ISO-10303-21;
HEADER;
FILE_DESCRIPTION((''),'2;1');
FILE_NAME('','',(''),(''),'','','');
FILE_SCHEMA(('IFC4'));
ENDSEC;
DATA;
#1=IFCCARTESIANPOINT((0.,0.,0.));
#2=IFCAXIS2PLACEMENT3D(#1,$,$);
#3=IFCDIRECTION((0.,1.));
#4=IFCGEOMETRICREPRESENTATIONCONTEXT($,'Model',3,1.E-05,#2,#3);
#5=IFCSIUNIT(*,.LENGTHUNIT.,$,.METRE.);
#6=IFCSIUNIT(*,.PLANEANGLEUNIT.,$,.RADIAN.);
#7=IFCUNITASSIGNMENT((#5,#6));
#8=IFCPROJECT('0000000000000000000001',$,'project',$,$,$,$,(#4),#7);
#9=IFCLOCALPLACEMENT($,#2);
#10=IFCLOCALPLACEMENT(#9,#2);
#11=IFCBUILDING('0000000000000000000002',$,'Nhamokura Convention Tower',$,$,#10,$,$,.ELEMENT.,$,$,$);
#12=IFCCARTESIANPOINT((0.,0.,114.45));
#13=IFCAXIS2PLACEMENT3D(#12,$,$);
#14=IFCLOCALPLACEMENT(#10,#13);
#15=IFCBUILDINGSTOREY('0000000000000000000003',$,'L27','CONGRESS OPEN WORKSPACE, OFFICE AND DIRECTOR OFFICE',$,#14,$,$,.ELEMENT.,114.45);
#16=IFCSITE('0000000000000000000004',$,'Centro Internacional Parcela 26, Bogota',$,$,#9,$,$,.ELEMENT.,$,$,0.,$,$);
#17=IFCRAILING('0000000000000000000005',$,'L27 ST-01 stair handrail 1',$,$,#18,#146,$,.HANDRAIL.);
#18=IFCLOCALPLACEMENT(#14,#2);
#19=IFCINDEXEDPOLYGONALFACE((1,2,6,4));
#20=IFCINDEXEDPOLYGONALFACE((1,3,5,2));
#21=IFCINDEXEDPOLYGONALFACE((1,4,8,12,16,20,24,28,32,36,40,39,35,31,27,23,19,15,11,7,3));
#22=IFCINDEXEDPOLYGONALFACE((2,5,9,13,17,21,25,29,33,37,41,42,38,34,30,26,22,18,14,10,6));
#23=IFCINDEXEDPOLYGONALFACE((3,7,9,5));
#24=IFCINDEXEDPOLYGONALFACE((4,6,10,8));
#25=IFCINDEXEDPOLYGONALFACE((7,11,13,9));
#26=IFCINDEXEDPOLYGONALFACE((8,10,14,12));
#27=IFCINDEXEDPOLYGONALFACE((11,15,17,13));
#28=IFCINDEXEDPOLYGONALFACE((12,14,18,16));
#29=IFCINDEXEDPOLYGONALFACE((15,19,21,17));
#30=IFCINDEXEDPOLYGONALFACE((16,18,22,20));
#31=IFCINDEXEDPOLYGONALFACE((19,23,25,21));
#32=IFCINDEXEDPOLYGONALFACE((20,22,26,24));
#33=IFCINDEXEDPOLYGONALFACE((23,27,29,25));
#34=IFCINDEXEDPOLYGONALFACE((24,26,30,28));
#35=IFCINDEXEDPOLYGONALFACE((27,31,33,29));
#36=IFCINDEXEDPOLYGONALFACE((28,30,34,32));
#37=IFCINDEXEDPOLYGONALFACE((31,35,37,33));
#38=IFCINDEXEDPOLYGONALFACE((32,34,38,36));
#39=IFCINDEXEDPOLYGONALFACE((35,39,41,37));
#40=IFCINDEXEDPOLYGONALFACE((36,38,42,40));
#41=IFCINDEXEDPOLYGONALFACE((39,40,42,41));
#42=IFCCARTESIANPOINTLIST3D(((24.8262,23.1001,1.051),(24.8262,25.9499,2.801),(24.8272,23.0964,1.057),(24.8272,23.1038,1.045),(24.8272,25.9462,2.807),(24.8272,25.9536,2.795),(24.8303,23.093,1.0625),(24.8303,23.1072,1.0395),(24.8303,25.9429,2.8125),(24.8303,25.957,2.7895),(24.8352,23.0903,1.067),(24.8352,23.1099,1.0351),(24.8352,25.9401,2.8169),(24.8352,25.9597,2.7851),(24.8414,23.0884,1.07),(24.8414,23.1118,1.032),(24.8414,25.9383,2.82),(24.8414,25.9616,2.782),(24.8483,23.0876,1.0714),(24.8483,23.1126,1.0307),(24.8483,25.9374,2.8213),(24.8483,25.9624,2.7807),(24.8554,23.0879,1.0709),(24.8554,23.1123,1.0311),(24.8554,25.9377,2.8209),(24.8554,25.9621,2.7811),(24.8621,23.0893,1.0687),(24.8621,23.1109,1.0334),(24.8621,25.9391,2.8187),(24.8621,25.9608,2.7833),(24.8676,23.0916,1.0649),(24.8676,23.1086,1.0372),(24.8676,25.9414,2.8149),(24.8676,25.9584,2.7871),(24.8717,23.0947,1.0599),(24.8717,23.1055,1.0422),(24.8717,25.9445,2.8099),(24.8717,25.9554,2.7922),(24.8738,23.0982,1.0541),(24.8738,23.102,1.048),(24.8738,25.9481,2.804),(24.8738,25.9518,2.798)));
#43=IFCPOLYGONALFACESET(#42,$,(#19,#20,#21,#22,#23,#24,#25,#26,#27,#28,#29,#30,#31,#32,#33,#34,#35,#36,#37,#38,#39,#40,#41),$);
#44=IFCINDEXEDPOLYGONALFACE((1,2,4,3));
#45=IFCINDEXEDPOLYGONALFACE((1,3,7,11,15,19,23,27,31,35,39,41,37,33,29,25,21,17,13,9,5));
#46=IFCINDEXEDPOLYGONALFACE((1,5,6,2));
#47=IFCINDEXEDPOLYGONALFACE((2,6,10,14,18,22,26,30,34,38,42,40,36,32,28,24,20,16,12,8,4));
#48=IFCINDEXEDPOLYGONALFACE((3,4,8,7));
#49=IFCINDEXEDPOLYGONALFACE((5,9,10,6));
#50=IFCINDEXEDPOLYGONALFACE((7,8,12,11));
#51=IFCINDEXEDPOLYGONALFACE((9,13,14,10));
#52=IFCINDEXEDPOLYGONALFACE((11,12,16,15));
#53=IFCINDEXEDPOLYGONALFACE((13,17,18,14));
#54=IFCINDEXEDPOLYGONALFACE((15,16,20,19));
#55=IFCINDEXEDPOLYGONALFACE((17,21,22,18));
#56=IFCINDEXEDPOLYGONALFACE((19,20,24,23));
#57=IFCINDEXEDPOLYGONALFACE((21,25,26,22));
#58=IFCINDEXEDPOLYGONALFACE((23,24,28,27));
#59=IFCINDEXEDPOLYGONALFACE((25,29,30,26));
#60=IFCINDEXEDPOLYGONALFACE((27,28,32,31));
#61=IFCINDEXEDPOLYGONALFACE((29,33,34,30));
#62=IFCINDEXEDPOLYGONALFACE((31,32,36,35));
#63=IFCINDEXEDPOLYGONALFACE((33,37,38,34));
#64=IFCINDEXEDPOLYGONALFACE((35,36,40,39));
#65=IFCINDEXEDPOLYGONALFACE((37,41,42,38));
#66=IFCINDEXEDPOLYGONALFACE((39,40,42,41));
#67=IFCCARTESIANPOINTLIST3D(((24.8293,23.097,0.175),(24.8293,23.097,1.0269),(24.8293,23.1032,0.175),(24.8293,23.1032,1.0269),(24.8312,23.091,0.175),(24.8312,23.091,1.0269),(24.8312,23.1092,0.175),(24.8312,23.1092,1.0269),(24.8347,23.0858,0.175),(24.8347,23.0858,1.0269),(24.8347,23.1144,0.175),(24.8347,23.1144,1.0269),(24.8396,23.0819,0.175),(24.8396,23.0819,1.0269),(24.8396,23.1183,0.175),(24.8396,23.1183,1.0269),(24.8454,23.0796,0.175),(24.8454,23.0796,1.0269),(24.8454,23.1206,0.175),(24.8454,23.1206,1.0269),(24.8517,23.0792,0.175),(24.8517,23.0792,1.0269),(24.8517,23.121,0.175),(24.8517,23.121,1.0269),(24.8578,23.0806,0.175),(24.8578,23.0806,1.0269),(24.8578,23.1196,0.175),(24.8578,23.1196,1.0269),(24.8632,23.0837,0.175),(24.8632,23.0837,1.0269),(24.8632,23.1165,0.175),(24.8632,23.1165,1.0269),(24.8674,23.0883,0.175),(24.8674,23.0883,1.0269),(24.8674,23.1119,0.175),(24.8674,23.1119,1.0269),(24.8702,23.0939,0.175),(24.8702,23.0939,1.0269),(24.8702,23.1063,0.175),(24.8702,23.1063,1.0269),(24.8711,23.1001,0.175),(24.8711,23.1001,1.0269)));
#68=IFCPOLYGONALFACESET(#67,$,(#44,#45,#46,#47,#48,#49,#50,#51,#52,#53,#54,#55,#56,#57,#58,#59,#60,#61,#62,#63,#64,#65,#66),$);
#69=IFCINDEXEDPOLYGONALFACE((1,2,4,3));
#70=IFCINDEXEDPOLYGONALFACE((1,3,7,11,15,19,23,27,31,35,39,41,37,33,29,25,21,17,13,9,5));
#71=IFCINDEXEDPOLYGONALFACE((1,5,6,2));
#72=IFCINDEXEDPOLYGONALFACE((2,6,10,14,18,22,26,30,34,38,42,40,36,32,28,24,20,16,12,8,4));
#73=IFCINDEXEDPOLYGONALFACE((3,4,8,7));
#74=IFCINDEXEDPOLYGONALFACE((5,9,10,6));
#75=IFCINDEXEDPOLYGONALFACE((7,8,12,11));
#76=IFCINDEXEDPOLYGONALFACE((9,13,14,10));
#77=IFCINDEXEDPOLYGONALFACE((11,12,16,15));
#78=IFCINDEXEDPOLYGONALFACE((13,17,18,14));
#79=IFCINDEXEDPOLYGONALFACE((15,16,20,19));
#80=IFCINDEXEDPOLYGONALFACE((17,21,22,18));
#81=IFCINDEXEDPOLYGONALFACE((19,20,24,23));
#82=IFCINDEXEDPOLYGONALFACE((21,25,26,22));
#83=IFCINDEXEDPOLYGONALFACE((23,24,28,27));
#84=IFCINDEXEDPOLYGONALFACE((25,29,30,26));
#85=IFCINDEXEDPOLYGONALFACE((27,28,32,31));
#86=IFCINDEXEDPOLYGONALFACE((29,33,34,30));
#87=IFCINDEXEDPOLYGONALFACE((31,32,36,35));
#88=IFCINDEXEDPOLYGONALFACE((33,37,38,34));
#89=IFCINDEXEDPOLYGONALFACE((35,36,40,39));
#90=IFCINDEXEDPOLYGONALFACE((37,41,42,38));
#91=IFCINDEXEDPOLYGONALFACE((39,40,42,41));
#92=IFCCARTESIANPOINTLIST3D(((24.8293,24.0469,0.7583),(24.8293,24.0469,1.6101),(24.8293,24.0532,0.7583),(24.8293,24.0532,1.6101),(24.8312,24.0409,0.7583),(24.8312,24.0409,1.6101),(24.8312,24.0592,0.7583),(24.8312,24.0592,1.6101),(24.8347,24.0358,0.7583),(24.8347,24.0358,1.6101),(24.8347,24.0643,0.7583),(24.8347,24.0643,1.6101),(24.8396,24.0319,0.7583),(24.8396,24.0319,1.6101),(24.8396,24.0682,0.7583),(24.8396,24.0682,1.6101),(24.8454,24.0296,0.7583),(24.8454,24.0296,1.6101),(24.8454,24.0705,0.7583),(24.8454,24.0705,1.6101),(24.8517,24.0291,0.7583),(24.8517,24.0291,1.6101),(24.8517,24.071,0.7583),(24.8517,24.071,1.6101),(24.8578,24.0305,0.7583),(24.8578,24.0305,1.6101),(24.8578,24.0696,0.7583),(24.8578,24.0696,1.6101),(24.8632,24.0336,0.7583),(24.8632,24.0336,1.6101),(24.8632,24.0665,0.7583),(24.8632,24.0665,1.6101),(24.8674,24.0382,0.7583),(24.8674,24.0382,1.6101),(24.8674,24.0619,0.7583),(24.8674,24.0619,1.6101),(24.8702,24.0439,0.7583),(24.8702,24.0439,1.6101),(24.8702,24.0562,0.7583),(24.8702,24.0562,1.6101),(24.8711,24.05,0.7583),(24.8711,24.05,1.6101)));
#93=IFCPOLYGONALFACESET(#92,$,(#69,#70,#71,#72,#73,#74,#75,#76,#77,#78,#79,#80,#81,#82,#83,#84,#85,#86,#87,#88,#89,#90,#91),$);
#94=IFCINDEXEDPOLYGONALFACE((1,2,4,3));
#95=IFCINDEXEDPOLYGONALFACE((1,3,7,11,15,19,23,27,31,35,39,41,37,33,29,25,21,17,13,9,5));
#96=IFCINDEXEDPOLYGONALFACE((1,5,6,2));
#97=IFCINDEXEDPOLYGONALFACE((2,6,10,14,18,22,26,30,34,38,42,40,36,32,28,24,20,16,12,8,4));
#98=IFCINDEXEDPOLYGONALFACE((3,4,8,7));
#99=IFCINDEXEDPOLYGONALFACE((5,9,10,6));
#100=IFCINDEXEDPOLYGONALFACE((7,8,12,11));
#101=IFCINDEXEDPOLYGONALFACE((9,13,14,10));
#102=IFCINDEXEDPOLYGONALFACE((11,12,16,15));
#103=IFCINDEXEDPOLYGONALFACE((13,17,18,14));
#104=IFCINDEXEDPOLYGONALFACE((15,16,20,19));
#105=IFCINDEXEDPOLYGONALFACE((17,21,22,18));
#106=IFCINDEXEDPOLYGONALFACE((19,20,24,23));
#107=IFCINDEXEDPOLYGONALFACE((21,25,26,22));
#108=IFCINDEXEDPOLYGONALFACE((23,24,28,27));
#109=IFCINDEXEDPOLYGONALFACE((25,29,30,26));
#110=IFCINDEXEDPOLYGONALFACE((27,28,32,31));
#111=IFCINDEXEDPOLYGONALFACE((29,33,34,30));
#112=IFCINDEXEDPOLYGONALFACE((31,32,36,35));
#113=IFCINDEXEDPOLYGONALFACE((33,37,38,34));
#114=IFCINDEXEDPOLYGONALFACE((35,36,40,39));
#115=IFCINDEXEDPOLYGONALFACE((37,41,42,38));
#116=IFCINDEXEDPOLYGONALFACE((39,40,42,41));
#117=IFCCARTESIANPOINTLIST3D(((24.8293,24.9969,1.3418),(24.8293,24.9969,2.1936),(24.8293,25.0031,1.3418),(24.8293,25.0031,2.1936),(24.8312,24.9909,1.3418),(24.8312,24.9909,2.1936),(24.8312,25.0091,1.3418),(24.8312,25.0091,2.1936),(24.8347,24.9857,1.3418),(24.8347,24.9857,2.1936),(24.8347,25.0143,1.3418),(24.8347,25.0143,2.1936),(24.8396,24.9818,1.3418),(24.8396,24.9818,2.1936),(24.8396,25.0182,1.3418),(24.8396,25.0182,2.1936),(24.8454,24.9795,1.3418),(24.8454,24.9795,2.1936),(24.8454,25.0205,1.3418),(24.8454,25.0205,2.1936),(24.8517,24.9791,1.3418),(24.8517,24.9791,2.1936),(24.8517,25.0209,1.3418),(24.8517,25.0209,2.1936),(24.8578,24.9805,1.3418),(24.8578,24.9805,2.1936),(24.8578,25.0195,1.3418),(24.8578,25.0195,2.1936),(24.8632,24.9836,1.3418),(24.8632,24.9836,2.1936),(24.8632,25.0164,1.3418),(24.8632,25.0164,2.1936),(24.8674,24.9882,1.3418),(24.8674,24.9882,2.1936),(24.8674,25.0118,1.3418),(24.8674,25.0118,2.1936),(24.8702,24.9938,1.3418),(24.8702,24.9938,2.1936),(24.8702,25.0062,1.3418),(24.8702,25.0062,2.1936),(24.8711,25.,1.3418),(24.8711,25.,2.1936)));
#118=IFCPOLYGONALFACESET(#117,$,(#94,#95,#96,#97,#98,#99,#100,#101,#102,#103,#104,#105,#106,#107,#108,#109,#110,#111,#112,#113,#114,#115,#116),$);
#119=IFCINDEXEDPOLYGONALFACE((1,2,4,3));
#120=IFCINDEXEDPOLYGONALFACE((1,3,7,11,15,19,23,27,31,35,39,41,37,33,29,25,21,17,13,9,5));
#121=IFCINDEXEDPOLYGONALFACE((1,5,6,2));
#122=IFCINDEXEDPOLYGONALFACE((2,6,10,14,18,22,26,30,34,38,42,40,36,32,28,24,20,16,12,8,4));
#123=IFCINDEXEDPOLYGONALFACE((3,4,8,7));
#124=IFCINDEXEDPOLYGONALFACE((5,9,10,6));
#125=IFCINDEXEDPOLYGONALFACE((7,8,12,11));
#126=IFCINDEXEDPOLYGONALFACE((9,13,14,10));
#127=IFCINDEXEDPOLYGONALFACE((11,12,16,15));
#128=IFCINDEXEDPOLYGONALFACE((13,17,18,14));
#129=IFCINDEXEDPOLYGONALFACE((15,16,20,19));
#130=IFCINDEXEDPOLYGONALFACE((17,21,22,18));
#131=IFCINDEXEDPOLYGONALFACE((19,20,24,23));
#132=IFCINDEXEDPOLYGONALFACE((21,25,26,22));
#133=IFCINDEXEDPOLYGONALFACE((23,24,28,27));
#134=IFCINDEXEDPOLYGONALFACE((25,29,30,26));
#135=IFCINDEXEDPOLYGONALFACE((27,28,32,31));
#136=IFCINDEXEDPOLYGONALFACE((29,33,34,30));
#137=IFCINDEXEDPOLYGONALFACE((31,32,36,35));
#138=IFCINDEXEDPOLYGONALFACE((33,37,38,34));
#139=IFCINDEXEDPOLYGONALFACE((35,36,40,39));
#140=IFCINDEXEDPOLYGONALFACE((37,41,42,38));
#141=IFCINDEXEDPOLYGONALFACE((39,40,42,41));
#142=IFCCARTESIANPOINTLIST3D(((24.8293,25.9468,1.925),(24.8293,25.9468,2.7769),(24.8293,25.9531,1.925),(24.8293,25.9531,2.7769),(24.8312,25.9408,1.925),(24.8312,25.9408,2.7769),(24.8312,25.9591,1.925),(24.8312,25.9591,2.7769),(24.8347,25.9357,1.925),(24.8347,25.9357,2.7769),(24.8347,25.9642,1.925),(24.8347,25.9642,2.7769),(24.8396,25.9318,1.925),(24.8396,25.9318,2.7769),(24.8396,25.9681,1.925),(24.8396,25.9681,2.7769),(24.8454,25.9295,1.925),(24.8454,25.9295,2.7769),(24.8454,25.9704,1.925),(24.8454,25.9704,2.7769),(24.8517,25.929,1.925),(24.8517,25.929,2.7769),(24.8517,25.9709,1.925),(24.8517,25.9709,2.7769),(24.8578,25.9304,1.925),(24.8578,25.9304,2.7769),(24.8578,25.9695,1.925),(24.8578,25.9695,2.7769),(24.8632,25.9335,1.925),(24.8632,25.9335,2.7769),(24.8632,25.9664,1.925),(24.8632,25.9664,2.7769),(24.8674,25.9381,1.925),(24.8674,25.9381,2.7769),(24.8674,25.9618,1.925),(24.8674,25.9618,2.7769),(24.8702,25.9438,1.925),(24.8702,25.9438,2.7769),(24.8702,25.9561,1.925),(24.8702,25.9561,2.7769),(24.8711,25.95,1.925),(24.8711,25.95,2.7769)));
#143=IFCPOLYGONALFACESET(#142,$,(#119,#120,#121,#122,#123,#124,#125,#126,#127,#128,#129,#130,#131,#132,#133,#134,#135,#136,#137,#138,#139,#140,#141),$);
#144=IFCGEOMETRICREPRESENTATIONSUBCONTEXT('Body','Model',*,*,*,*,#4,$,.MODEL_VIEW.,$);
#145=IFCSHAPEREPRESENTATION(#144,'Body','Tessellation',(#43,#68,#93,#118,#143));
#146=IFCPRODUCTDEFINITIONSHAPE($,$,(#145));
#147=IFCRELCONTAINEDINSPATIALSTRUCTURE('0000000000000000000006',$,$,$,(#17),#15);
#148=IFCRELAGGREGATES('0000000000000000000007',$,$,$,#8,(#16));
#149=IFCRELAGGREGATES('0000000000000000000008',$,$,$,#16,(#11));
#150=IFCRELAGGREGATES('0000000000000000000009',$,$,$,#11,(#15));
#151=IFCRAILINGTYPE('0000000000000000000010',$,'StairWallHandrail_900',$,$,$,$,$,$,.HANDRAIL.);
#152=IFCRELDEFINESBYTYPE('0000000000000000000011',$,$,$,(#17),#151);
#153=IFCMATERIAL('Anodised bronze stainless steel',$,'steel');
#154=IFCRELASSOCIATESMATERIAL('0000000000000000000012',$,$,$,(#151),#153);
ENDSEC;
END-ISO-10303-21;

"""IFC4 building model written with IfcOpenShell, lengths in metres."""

from ifc_helpers import new_model, si_unit, direction, frame, origin, origin_2d, place, context, subcontext, project, spatial, circle, extrude, material, type_object, element, save


model = new_model("IFC4")

# Units and contexts
model_context = context("Model", 3, precision=1e-05, world=origin(), true_north=direction((0.0, 1.0)))
body_context = subcontext(model_context, "Body", "Model", "MODEL_VIEW")
ifc_project = project(units=[si_unit("LENGTHUNIT", "METRE"), si_unit("PLANEANGLEUNIT", "RADIAN")], contexts=[model_context])

# Site, building, storey
site_placement = place(None, origin())
site = spatial("IfcSite", under=ifc_project, at=site_placement, Name="Centro Internacional Parcela 26, Bogota", CompositionType="ELEMENT", RefElevation=0.0)
building_placement = place(site_placement, origin())
building = spatial("IfcBuilding", under=site, at=building_placement, Name="Nhamokura Convention Tower", CompositionType="ELEMENT")
storey_placement = place(building_placement, frame((0.0, 0.0, 114.45)))
storey = spatial("IfcBuildingStorey", under=building, at=storey_placement, Name="L27", Description="CONGRESS OPEN WORKSPACE, OFFICE AND DIRECTOR OFFICE", CompositionType="ELEMENT", Elevation=114.45)

# Railing
ifc_material_1 = material(Name="Anodised bronze stainless steel", Category="steel")
railing_type_1 = type_object("IfcRailingType", Name="StairWallHandrail_900", PredefinedType="HANDRAIL", material=ifc_material_1)
railing_1_placement = place(storey_placement, frame((24.8501, 23.1001, 0.175)))
element("IfcRailing", 1, at=railing_1_placement, inside=storey, type_object=railing_type_1, Name="L27 ST-01 stair handrail 1", PredefinedType="HANDRAIL", context=body_context, shape_type="SweptSolid", body=[
    extrude(circle(Radius=0.0239, at=origin_2d()), frame((0.0, 0.0, 0.876), z_axis=(0.0, 0.852159, 0.523283), x_axis=(-1.0, 0.0, 0.0)), (0.0, 0.0, 1.0), 3.3442),
    extrude(circle(Radius=0.021, at=origin_2d()), origin(), (0.0, 0.0, 1.0), 0.8518),
    extrude(circle(Radius=0.021, at=origin_2d()), frame((0.0, 0.95, 0.5833)), (0.0, 0.0, 1.0), 0.8518),
    extrude(circle(Radius=0.021, at=origin_2d()), frame((0.0, 1.8999, 1.1667)), (0.0, 0.0, 1.0), 0.8518),
    extrude(circle(Radius=0.021, at=origin_2d()), frame((0.0, 2.8499, 1.75)), (0.0, 0.0, 1.0), 0.8518),
])

save(model, "model.ifc")
